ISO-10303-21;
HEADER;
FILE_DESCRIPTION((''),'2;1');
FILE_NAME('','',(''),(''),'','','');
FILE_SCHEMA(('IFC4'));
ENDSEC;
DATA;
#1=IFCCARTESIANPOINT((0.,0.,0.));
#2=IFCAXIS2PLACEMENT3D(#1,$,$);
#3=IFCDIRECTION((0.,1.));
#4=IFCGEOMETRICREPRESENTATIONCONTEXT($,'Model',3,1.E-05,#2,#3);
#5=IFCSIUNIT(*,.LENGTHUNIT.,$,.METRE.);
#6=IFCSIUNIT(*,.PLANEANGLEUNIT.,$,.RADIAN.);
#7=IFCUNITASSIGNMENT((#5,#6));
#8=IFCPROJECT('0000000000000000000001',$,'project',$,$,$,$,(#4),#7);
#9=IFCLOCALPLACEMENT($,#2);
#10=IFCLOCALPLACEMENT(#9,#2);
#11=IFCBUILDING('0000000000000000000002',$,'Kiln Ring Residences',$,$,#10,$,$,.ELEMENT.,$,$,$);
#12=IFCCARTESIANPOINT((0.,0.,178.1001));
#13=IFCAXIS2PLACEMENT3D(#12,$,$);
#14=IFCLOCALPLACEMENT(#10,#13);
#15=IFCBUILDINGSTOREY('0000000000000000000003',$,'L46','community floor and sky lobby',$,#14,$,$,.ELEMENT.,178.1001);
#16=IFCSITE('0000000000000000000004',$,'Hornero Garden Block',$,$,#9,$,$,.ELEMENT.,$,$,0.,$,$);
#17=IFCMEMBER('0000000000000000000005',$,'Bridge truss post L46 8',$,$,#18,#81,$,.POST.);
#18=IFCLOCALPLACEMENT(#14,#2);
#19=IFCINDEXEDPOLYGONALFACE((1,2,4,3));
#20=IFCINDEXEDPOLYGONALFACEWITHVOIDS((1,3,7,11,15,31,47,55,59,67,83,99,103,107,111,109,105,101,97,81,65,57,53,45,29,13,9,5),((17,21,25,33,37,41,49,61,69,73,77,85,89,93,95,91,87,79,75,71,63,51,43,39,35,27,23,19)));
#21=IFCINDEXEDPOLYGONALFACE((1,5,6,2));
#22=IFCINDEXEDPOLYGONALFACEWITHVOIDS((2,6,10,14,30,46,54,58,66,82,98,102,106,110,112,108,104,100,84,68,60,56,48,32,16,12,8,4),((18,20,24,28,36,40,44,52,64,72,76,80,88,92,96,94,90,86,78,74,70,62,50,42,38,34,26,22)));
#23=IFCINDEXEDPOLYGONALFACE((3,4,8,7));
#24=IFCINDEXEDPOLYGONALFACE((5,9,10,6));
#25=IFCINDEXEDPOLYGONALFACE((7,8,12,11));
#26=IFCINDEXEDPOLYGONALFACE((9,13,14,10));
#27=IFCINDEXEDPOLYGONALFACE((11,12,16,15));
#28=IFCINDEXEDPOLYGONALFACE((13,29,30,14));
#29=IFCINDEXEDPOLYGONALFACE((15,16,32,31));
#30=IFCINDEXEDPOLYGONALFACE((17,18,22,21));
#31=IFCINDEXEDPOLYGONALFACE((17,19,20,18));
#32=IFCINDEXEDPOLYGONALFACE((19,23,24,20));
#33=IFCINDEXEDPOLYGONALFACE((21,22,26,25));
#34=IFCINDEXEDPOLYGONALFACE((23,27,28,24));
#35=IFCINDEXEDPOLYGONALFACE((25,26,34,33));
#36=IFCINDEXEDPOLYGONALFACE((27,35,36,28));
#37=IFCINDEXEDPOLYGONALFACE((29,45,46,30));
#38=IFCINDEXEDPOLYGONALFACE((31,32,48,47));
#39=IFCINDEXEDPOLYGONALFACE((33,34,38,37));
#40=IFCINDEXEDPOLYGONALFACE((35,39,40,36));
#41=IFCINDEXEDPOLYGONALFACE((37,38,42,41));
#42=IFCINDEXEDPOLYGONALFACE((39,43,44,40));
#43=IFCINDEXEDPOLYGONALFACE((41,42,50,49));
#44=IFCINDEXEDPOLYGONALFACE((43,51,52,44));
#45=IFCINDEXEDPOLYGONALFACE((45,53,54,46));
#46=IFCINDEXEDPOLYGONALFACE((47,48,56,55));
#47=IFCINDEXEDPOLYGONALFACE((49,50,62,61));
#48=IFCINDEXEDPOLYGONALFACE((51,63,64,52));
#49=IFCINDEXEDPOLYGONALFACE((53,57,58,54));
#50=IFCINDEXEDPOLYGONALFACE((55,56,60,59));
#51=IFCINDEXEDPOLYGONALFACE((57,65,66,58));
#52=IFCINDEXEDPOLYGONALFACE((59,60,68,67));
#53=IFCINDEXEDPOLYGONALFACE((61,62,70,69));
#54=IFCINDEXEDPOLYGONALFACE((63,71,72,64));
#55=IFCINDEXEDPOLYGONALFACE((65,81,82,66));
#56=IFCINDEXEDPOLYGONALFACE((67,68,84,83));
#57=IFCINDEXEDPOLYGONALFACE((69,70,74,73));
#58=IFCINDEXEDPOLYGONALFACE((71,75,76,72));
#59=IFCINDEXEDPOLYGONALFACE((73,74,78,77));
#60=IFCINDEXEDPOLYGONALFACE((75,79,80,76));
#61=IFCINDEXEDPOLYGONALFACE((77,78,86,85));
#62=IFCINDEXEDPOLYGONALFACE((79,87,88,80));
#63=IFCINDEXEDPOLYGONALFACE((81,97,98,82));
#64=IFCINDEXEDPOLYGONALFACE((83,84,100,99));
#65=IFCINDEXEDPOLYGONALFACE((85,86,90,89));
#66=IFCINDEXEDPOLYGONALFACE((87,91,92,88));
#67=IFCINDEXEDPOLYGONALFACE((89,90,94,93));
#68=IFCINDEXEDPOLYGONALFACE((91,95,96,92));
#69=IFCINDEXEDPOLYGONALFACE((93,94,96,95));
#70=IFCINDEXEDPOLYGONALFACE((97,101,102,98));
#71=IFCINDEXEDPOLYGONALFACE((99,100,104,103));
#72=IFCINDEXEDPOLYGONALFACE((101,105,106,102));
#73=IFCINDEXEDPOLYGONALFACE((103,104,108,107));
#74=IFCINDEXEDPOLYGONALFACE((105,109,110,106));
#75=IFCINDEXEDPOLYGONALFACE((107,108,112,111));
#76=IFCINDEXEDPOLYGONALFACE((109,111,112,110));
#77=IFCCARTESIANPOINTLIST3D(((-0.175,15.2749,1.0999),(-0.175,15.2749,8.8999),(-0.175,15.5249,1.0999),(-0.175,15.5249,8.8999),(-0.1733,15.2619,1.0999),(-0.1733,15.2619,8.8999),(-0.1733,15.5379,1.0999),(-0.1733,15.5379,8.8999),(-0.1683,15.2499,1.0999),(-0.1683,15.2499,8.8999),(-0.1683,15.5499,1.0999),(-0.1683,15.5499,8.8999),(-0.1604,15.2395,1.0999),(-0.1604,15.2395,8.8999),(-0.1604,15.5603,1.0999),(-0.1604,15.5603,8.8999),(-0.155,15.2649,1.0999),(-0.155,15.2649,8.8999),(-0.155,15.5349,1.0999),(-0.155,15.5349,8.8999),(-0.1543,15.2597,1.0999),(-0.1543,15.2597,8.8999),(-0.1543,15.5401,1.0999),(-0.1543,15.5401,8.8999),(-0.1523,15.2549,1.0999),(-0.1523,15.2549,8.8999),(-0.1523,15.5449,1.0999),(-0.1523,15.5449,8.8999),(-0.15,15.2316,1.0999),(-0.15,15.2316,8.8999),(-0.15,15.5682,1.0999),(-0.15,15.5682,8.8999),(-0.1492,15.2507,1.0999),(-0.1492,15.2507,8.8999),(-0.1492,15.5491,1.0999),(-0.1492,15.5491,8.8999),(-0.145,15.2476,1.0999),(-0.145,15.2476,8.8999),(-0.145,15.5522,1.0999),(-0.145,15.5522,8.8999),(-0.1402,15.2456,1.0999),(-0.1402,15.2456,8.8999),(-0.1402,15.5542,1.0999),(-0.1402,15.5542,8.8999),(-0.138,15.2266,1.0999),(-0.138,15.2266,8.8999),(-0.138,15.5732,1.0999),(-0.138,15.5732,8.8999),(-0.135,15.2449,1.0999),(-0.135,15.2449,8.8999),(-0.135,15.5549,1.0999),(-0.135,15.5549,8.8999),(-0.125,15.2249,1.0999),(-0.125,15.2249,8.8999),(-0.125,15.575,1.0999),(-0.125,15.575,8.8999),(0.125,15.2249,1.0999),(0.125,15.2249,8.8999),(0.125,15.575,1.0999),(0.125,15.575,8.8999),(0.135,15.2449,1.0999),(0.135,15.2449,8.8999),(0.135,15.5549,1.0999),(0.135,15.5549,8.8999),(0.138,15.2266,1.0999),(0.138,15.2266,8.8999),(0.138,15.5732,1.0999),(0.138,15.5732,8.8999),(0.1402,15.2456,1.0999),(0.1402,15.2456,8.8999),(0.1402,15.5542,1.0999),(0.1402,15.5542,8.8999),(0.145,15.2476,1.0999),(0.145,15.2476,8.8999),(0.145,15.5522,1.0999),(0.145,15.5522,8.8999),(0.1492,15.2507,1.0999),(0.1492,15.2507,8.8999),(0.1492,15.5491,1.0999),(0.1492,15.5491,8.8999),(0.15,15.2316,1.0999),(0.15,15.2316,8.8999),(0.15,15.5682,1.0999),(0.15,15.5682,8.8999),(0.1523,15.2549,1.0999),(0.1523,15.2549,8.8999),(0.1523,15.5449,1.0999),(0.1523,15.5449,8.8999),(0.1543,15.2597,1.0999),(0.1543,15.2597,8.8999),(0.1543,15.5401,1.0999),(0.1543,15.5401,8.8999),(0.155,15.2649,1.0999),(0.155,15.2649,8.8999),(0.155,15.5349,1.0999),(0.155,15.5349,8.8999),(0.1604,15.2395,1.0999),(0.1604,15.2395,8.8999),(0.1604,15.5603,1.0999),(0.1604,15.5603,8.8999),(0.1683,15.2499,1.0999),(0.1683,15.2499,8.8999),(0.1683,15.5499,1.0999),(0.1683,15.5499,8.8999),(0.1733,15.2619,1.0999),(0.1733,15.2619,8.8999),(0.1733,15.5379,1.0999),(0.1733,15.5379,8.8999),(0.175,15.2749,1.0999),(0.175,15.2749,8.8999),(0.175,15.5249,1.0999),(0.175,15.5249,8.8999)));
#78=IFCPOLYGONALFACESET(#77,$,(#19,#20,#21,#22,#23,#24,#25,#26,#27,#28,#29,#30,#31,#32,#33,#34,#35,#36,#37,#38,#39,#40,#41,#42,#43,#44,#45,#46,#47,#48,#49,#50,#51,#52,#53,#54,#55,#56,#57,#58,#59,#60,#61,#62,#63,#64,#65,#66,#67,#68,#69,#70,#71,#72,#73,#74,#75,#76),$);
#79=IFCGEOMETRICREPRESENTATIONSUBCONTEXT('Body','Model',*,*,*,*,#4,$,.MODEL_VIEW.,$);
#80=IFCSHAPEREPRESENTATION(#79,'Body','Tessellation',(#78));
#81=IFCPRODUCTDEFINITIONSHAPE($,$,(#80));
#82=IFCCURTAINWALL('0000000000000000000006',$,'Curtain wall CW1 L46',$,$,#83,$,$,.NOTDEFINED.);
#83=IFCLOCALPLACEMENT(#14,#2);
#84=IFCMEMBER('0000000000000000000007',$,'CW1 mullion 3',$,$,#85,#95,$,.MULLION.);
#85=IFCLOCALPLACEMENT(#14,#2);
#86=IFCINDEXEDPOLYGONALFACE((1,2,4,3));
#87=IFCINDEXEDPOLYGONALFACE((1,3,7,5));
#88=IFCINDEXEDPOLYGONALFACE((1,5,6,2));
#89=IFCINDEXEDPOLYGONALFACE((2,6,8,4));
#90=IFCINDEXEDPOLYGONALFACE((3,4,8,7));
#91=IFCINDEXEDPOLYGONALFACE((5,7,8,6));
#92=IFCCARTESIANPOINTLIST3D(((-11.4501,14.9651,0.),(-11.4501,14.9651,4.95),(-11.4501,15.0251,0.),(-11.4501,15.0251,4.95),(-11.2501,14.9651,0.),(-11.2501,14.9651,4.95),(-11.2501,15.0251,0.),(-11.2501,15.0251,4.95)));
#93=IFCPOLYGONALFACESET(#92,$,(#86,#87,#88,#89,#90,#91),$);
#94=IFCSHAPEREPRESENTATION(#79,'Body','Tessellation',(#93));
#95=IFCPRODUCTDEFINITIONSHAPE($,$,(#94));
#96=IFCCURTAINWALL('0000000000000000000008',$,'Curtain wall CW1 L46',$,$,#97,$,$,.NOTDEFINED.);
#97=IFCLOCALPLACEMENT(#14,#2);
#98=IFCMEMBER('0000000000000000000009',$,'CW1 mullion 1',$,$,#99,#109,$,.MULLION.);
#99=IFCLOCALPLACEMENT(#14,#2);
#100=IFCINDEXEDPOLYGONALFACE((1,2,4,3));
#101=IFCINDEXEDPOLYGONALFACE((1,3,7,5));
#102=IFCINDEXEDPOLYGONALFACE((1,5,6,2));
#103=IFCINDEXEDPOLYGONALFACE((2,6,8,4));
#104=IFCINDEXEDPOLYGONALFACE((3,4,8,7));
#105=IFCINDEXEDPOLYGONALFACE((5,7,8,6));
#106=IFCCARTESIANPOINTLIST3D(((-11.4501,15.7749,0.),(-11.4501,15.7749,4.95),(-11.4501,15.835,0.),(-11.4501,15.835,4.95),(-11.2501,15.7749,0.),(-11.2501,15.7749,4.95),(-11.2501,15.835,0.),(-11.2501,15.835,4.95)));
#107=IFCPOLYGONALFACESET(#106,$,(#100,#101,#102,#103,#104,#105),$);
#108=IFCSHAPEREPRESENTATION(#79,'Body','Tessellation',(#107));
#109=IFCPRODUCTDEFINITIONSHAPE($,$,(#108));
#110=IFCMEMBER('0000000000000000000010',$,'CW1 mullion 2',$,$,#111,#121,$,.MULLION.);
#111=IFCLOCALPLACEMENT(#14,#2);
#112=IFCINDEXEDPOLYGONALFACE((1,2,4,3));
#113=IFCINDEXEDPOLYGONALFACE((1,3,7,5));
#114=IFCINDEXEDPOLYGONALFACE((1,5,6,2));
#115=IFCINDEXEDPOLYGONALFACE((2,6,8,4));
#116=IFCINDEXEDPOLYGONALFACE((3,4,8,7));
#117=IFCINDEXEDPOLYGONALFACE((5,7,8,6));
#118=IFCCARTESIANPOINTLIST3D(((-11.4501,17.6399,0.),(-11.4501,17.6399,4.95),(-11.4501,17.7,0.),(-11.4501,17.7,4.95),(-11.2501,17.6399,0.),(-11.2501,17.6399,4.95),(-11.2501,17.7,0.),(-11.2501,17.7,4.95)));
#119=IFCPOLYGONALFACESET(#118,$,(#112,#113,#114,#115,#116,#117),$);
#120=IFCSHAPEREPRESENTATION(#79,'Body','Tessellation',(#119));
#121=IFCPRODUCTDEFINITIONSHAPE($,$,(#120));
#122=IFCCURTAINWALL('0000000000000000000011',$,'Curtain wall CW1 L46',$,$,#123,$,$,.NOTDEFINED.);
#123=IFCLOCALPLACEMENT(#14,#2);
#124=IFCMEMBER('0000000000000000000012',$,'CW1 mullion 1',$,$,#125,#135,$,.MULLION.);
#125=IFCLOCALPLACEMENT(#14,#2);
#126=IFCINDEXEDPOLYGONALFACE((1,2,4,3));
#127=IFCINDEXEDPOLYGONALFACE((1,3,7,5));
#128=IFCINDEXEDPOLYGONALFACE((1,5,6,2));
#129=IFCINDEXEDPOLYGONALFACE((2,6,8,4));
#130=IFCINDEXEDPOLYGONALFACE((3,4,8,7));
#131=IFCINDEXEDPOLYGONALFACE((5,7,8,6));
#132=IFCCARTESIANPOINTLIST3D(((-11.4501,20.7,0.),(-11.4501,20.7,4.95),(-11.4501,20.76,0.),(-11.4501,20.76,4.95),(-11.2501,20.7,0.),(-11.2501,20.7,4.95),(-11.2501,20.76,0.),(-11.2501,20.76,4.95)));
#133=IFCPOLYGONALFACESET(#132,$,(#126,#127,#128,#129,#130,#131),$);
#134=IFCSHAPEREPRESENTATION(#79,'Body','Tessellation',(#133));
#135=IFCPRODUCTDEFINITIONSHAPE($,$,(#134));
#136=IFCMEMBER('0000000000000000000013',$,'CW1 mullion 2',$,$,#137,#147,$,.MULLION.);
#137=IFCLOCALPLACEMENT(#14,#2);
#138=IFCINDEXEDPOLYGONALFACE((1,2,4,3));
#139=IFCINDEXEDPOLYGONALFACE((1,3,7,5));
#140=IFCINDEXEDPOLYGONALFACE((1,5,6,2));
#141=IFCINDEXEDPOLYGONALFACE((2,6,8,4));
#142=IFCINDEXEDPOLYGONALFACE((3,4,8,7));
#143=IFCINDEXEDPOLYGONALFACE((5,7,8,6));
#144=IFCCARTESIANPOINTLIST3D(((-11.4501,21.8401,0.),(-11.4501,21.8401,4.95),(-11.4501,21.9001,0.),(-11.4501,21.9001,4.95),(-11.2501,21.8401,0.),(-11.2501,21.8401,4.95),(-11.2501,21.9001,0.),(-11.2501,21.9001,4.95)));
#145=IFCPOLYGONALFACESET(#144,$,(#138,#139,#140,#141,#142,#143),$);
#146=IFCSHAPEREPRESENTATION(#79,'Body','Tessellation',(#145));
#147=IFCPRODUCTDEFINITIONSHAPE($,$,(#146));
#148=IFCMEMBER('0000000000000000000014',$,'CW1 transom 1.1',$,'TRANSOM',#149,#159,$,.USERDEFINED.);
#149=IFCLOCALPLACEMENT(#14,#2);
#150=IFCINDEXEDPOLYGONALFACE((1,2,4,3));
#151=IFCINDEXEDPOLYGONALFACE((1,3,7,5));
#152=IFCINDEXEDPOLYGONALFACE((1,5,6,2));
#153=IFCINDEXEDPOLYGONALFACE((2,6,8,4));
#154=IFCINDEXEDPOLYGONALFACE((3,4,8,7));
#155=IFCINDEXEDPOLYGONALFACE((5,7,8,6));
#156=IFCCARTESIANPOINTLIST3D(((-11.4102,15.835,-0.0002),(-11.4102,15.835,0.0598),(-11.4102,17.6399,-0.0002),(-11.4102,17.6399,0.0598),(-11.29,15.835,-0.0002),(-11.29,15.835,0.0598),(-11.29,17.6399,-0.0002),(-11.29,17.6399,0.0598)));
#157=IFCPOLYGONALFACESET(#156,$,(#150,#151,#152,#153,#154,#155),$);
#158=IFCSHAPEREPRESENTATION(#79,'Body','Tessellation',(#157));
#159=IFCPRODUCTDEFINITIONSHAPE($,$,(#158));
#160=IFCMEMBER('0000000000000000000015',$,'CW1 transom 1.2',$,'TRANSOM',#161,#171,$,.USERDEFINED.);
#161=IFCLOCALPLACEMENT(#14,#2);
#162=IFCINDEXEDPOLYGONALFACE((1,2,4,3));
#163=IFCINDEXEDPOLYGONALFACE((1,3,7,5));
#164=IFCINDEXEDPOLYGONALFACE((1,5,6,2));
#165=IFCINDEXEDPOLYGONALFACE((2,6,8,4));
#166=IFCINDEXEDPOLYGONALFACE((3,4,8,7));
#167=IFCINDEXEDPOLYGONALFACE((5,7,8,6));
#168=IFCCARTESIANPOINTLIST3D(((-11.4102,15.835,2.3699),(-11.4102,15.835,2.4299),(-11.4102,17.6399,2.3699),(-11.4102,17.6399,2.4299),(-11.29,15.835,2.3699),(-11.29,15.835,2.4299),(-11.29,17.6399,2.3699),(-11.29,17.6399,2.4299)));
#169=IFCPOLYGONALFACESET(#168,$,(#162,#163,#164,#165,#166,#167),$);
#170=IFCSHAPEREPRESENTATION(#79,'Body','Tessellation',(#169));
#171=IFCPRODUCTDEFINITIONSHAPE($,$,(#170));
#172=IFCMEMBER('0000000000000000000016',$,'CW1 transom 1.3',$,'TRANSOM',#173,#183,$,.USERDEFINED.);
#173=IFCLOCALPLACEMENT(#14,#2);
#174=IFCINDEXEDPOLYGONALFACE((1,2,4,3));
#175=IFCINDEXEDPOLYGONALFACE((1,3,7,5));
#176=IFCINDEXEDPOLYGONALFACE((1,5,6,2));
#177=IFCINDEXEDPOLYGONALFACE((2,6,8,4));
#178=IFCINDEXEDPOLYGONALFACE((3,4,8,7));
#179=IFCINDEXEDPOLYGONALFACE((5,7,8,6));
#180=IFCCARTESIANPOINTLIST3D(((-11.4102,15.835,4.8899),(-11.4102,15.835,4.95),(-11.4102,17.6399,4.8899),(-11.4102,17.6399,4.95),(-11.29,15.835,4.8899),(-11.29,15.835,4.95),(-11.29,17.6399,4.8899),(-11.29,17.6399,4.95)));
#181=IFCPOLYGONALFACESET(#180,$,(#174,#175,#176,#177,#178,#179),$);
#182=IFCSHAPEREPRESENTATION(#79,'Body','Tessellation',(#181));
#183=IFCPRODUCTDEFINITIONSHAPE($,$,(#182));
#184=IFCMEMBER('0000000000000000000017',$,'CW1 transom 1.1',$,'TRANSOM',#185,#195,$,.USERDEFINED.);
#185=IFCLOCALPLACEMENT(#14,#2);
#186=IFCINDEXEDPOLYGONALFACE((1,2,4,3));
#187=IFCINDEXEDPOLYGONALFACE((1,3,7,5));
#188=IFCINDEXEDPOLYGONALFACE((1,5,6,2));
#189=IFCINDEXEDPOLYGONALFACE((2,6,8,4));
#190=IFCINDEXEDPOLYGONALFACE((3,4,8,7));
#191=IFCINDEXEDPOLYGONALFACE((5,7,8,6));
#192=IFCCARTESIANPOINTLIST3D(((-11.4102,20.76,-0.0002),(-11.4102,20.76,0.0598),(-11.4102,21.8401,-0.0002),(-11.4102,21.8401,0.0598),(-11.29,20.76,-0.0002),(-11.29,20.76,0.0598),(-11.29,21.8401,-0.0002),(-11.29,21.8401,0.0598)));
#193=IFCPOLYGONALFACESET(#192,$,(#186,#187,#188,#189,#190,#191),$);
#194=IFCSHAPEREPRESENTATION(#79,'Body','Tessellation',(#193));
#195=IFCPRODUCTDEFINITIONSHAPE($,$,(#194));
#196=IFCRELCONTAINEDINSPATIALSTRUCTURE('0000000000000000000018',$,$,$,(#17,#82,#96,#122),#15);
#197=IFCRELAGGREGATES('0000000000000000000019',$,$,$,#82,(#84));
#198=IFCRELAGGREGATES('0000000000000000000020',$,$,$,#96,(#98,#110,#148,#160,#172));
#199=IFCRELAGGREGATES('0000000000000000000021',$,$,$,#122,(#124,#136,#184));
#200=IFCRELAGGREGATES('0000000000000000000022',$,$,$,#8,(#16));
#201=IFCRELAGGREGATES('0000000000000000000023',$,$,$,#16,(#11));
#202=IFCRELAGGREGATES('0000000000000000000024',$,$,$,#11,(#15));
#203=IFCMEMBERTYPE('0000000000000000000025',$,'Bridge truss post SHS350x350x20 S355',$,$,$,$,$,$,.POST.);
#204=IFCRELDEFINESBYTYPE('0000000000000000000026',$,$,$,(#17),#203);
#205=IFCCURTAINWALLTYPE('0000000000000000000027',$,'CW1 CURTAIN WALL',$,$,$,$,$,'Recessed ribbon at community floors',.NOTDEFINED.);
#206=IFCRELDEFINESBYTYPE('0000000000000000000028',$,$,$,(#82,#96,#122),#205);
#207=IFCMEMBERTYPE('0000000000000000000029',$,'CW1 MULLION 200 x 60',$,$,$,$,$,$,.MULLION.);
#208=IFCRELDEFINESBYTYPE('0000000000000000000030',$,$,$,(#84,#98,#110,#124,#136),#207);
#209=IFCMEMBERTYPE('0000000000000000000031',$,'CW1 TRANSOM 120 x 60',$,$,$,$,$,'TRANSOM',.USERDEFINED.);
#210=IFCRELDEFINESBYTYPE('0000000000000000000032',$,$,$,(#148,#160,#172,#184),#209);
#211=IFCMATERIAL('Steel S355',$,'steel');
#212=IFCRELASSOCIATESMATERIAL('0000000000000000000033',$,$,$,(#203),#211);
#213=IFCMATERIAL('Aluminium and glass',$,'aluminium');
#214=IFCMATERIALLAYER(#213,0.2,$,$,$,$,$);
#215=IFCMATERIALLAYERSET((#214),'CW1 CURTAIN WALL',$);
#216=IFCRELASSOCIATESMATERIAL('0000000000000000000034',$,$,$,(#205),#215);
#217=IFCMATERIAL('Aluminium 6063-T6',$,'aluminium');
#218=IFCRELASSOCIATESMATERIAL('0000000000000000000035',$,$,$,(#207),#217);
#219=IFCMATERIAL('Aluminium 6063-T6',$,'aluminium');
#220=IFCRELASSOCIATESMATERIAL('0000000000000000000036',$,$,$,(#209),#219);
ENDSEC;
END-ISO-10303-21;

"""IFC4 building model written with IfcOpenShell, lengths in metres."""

from ifc_helpers import new_model, si_unit, direction, frame, origin, origin_2d, place, context, subcontext, project, spatial, rectangle, hollow_rectangle, extrude, material, layer, layer_set, material_profile, profile_set, type_object, element, aggregate, save


model = new_model("IFC4")

# Units and contexts
model_context = context("Model", 3, precision=1e-05, world=origin(), true_north=direction((0.0, 1.0)))
body_context = subcontext(model_context, "Body", "Model", "MODEL_VIEW")
ifc_project = project(units=[si_unit("LENGTHUNIT", "METRE"), si_unit("PLANEANGLEUNIT", "RADIAN")], contexts=[model_context])

# Site, building, storey
site_placement = place(None, origin())
site = spatial("IfcSite", under=ifc_project, at=site_placement, Name="Hornero Garden Block", CompositionType="ELEMENT", RefElevation=0.0)
building_placement = place(site_placement, origin())
building = spatial("IfcBuilding", under=site, at=building_placement, Name="Kiln Ring Residences", CompositionType="ELEMENT")
storey_placement = place(building_placement, frame((0.0, 0.0, 178.1001)))
storey = spatial("IfcBuildingStorey", under=building, at=storey_placement, Name="L46", Description="community floor and sky lobby", CompositionType="ELEMENT", Elevation=178.1001)

# Member
ifc_material_1 = material(Name="Steel S355", Category="steel")
ifc_material_profile_1 = material_profile(ifc_material_1, hollow_rectangle(XDim=0.3501, YDim=0.3501, WallThickness=0.02, InnerFilletRadius=0.02, OuterFilletRadius=0.05, at=origin_2d()), Name="SHS350x350x20")
ifc_profile_set_1 = profile_set([ifc_material_profile_1], Name="Steel S355")
member_type_1 = type_object("IfcMemberType", Name="Bridge truss post SHS350x350x20 S355", PredefinedType="POST", material=ifc_profile_set_1)
for number, where, z_axis, x_axis, name in (
    (1, (0.0, 15.3999, 1.0999), (0.0, 0.0, 1.0), (1.0, 0.0, 0.0), "Bridge truss post L46 8"),
):
    element("IfcMember", number, at=place(storey_placement, frame(where, z_axis=z_axis, x_axis=x_axis)), inside=storey, type_object=member_type_1, Name=name, PredefinedType="POST", context=body_context, shape_type="SweptSolid", body=[
        extrude(hollow_rectangle(XDim=0.3501, YDim=0.3501, WallThickness=0.02, InnerFilletRadius=0.02, OuterFilletRadius=0.05, at=origin_2d()), origin(), (0.0, 0.0, 1.0), 7.8),
    ])

# Curtain wall, member
ifc_material_2 = material(Name="Aluminium and glass", Category="aluminium")
ifc_layer_1 = layer(ifc_material_2, 0.2)
ifc_layer_set_1 = layer_set([ifc_layer_1], Name="CW1 CURTAIN WALL")
curtain_wall_type = type_object("IfcCurtainWallType", Name="CW1 CURTAIN WALL", ElementType="Recessed ribbon at community floors", PredefinedType="NOTDEFINED", material=ifc_layer_set_1)
placement = place(storey_placement, origin())
curtain_wall_1 = element("IfcCurtainWall", 2, at=placement, inside=storey, type_object=curtain_wall_type, Name="Curtain wall CW1 L46", PredefinedType="NOTDEFINED")
ifc_material_3 = material(Name="Aluminium 6063-T6", Category="aluminium")
ifc_material_profile_2 = material_profile(ifc_material_3, rectangle(XDim=0.2, YDim=0.0601, at=origin_2d()), Name="AL 200x60")
ifc_profile_set_2 = profile_set([ifc_material_profile_2], Name="Aluminium 6063-T6")
member_type_2 = type_object("IfcMemberType", Name="CW1 MULLION 200 x 60", PredefinedType="MULLION", material=ifc_profile_set_2)
member_1_placement = place(storey_placement, frame((-11.3501, 14.9951, 0.0), z_axis=(0.0, 0.0, 1.0), x_axis=(-1.0, 0.0, 0.0)))
member_1 = element("IfcMember", 3, at=member_1_placement, type_object=member_type_2, Name="CW1 mullion 3", PredefinedType="MULLION", context=body_context, shape_type="SweptSolid", body=[
    extrude(rectangle(XDim=0.2, YDim=0.0601, at=origin_2d()), origin(), (0.0, 0.0, 1.0), 4.95),
])
aggregate(curtain_wall_1, [member_1])

# Curtain walls, members
curtain_wall_2 = element("IfcCurtainWall", 4, at=placement, inside=storey, type_object=curtain_wall_type, Name="Curtain wall CW1 L46", PredefinedType="NOTDEFINED")
member_2_placement = place(storey_placement, frame((-11.3501, 15.8049, 0.0), z_axis=(0.0, 0.0, 1.0), x_axis=(-1.0, 0.0, 0.0)))
member_2 = element("IfcMember", 5, at=member_2_placement, type_object=member_type_2, Name="CW1 mullion 1", PredefinedType="MULLION", context=body_context, shape_type="SweptSolid", body=[
    extrude(rectangle(XDim=0.2, YDim=0.0601, at=origin_2d()), origin(), (0.0, 0.0, 1.0), 4.95),
])
member_3_placement = place(storey_placement, frame((-11.3501, 17.6699, 0.0), z_axis=(0.0, 0.0, 1.0), x_axis=(-1.0, 0.0, 0.0)))
member_3 = element("IfcMember", 6, at=member_3_placement, type_object=member_type_2, Name="CW1 mullion 2", PredefinedType="MULLION", context=body_context, shape_type="SweptSolid", body=[
    extrude(rectangle(XDim=0.2, YDim=0.0601, at=origin_2d()), origin(), (0.0, 0.0, 1.0), 4.95),
])
curtain_wall_3 = element("IfcCurtainWall", 7, at=placement, inside=storey, type_object=curtain_wall_type, Name="Curtain wall CW1 L46", PredefinedType="NOTDEFINED")
member_4_placement = place(storey_placement, frame((-11.3501, 20.73, 0.0), z_axis=(0.0, 0.0, 1.0), x_axis=(-1.0, 0.0, 0.0)))
member_4 = element("IfcMember", 8, at=member_4_placement, type_object=member_type_2, Name="CW1 mullion 1", PredefinedType="MULLION", context=body_context, shape_type="SweptSolid", body=[
    extrude(rectangle(XDim=0.2, YDim=0.0601, at=origin_2d()), origin(), (0.0, 0.0, 1.0), 4.95),
])
member_5_placement = place(storey_placement, frame((-11.3501, 21.8701, 0.0), z_axis=(0.0, 0.0, 1.0), x_axis=(-1.0, 0.0, 0.0)))
member_5 = element("IfcMember", 9, at=member_5_placement, type_object=member_type_2, Name="CW1 mullion 2", PredefinedType="MULLION", context=body_context, shape_type="SweptSolid", body=[
    extrude(rectangle(XDim=0.2, YDim=0.0601, at=origin_2d()), origin(), (0.0, 0.0, 1.0), 4.95),
])

# Members
ifc_material_4 = material(Name="Aluminium 6063-T6", Category="aluminium")
ifc_material_profile_3 = material_profile(ifc_material_4, rectangle(XDim=0.1201, YDim=0.0601, at=origin_2d()), Name="AL 120x60")
ifc_profile_set_3 = profile_set([ifc_material_profile_3], Name="Aluminium 6063-T6")
member_type_3 = type_object("IfcMemberType", Name="CW1 TRANSOM 120 x 60", ElementType="TRANSOM", PredefinedType="USERDEFINED", material=ifc_profile_set_3)
member_6_placement = place(storey_placement, frame((-11.3501, 15.835, 0.0298), z_axis=(0.0, 1.0, 0.0), x_axis=(-1.0, 0.0, 0.0)))
member_6 = element("IfcMember", 10, at=member_6_placement, type_object=member_type_3, Name="CW1 transom 1.1", ObjectType="TRANSOM", PredefinedType="USERDEFINED", context=body_context, shape_type="SweptSolid", body=[
    extrude(rectangle(XDim=0.1201, YDim=0.0601, at=origin_2d()), origin(), (0.0, 0.0, 1.0), 1.8049),
])
member_7_placement = place(storey_placement, frame((-11.3501, 15.835, 2.3999), z_axis=(0.0, 1.0, 0.0), x_axis=(-1.0, 0.0, 0.0)))
member_7 = element("IfcMember", 11, at=member_7_placement, type_object=member_type_3, Name="CW1 transom 1.2", ObjectType="TRANSOM", PredefinedType="USERDEFINED", context=body_context, shape_type="SweptSolid", body=[
    extrude(rectangle(XDim=0.1201, YDim=0.0601, at=origin_2d()), origin(), (0.0, 0.0, 1.0), 1.8049),
])
member_8_placement = place(storey_placement, frame((-11.3501, 15.835, 4.9199), z_axis=(0.0, 1.0, 0.0), x_axis=(-1.0, 0.0, 0.0)))
member_8 = element("IfcMember", 12, at=member_8_placement, type_object=member_type_3, Name="CW1 transom 1.3", ObjectType="TRANSOM", PredefinedType="USERDEFINED", context=body_context, shape_type="SweptSolid", body=[
    extrude(rectangle(XDim=0.1201, YDim=0.0601, at=origin_2d()), origin(), (0.0, 0.0, 1.0), 1.8049),
])
member_9_placement = place(storey_placement, frame((-11.3501, 20.76, 0.0298), z_axis=(0.0, 1.0, 0.0), x_axis=(-1.0, 0.0, 0.0)))
member_9 = element("IfcMember", 13, at=member_9_placement, type_object=member_type_3, Name="CW1 transom 1.1", ObjectType="TRANSOM", PredefinedType="USERDEFINED", context=body_context, shape_type="SweptSolid", body=[
    extrude(rectangle(XDim=0.1201, YDim=0.0601, at=origin_2d()), origin(), (0.0, 0.0, 1.0), 1.0801),
])

aggregate(curtain_wall_2, [member_2, member_3, member_6, member_7, member_8])
aggregate(curtain_wall_3, [member_4, member_5, member_9])

save(model, "model.ifc")
